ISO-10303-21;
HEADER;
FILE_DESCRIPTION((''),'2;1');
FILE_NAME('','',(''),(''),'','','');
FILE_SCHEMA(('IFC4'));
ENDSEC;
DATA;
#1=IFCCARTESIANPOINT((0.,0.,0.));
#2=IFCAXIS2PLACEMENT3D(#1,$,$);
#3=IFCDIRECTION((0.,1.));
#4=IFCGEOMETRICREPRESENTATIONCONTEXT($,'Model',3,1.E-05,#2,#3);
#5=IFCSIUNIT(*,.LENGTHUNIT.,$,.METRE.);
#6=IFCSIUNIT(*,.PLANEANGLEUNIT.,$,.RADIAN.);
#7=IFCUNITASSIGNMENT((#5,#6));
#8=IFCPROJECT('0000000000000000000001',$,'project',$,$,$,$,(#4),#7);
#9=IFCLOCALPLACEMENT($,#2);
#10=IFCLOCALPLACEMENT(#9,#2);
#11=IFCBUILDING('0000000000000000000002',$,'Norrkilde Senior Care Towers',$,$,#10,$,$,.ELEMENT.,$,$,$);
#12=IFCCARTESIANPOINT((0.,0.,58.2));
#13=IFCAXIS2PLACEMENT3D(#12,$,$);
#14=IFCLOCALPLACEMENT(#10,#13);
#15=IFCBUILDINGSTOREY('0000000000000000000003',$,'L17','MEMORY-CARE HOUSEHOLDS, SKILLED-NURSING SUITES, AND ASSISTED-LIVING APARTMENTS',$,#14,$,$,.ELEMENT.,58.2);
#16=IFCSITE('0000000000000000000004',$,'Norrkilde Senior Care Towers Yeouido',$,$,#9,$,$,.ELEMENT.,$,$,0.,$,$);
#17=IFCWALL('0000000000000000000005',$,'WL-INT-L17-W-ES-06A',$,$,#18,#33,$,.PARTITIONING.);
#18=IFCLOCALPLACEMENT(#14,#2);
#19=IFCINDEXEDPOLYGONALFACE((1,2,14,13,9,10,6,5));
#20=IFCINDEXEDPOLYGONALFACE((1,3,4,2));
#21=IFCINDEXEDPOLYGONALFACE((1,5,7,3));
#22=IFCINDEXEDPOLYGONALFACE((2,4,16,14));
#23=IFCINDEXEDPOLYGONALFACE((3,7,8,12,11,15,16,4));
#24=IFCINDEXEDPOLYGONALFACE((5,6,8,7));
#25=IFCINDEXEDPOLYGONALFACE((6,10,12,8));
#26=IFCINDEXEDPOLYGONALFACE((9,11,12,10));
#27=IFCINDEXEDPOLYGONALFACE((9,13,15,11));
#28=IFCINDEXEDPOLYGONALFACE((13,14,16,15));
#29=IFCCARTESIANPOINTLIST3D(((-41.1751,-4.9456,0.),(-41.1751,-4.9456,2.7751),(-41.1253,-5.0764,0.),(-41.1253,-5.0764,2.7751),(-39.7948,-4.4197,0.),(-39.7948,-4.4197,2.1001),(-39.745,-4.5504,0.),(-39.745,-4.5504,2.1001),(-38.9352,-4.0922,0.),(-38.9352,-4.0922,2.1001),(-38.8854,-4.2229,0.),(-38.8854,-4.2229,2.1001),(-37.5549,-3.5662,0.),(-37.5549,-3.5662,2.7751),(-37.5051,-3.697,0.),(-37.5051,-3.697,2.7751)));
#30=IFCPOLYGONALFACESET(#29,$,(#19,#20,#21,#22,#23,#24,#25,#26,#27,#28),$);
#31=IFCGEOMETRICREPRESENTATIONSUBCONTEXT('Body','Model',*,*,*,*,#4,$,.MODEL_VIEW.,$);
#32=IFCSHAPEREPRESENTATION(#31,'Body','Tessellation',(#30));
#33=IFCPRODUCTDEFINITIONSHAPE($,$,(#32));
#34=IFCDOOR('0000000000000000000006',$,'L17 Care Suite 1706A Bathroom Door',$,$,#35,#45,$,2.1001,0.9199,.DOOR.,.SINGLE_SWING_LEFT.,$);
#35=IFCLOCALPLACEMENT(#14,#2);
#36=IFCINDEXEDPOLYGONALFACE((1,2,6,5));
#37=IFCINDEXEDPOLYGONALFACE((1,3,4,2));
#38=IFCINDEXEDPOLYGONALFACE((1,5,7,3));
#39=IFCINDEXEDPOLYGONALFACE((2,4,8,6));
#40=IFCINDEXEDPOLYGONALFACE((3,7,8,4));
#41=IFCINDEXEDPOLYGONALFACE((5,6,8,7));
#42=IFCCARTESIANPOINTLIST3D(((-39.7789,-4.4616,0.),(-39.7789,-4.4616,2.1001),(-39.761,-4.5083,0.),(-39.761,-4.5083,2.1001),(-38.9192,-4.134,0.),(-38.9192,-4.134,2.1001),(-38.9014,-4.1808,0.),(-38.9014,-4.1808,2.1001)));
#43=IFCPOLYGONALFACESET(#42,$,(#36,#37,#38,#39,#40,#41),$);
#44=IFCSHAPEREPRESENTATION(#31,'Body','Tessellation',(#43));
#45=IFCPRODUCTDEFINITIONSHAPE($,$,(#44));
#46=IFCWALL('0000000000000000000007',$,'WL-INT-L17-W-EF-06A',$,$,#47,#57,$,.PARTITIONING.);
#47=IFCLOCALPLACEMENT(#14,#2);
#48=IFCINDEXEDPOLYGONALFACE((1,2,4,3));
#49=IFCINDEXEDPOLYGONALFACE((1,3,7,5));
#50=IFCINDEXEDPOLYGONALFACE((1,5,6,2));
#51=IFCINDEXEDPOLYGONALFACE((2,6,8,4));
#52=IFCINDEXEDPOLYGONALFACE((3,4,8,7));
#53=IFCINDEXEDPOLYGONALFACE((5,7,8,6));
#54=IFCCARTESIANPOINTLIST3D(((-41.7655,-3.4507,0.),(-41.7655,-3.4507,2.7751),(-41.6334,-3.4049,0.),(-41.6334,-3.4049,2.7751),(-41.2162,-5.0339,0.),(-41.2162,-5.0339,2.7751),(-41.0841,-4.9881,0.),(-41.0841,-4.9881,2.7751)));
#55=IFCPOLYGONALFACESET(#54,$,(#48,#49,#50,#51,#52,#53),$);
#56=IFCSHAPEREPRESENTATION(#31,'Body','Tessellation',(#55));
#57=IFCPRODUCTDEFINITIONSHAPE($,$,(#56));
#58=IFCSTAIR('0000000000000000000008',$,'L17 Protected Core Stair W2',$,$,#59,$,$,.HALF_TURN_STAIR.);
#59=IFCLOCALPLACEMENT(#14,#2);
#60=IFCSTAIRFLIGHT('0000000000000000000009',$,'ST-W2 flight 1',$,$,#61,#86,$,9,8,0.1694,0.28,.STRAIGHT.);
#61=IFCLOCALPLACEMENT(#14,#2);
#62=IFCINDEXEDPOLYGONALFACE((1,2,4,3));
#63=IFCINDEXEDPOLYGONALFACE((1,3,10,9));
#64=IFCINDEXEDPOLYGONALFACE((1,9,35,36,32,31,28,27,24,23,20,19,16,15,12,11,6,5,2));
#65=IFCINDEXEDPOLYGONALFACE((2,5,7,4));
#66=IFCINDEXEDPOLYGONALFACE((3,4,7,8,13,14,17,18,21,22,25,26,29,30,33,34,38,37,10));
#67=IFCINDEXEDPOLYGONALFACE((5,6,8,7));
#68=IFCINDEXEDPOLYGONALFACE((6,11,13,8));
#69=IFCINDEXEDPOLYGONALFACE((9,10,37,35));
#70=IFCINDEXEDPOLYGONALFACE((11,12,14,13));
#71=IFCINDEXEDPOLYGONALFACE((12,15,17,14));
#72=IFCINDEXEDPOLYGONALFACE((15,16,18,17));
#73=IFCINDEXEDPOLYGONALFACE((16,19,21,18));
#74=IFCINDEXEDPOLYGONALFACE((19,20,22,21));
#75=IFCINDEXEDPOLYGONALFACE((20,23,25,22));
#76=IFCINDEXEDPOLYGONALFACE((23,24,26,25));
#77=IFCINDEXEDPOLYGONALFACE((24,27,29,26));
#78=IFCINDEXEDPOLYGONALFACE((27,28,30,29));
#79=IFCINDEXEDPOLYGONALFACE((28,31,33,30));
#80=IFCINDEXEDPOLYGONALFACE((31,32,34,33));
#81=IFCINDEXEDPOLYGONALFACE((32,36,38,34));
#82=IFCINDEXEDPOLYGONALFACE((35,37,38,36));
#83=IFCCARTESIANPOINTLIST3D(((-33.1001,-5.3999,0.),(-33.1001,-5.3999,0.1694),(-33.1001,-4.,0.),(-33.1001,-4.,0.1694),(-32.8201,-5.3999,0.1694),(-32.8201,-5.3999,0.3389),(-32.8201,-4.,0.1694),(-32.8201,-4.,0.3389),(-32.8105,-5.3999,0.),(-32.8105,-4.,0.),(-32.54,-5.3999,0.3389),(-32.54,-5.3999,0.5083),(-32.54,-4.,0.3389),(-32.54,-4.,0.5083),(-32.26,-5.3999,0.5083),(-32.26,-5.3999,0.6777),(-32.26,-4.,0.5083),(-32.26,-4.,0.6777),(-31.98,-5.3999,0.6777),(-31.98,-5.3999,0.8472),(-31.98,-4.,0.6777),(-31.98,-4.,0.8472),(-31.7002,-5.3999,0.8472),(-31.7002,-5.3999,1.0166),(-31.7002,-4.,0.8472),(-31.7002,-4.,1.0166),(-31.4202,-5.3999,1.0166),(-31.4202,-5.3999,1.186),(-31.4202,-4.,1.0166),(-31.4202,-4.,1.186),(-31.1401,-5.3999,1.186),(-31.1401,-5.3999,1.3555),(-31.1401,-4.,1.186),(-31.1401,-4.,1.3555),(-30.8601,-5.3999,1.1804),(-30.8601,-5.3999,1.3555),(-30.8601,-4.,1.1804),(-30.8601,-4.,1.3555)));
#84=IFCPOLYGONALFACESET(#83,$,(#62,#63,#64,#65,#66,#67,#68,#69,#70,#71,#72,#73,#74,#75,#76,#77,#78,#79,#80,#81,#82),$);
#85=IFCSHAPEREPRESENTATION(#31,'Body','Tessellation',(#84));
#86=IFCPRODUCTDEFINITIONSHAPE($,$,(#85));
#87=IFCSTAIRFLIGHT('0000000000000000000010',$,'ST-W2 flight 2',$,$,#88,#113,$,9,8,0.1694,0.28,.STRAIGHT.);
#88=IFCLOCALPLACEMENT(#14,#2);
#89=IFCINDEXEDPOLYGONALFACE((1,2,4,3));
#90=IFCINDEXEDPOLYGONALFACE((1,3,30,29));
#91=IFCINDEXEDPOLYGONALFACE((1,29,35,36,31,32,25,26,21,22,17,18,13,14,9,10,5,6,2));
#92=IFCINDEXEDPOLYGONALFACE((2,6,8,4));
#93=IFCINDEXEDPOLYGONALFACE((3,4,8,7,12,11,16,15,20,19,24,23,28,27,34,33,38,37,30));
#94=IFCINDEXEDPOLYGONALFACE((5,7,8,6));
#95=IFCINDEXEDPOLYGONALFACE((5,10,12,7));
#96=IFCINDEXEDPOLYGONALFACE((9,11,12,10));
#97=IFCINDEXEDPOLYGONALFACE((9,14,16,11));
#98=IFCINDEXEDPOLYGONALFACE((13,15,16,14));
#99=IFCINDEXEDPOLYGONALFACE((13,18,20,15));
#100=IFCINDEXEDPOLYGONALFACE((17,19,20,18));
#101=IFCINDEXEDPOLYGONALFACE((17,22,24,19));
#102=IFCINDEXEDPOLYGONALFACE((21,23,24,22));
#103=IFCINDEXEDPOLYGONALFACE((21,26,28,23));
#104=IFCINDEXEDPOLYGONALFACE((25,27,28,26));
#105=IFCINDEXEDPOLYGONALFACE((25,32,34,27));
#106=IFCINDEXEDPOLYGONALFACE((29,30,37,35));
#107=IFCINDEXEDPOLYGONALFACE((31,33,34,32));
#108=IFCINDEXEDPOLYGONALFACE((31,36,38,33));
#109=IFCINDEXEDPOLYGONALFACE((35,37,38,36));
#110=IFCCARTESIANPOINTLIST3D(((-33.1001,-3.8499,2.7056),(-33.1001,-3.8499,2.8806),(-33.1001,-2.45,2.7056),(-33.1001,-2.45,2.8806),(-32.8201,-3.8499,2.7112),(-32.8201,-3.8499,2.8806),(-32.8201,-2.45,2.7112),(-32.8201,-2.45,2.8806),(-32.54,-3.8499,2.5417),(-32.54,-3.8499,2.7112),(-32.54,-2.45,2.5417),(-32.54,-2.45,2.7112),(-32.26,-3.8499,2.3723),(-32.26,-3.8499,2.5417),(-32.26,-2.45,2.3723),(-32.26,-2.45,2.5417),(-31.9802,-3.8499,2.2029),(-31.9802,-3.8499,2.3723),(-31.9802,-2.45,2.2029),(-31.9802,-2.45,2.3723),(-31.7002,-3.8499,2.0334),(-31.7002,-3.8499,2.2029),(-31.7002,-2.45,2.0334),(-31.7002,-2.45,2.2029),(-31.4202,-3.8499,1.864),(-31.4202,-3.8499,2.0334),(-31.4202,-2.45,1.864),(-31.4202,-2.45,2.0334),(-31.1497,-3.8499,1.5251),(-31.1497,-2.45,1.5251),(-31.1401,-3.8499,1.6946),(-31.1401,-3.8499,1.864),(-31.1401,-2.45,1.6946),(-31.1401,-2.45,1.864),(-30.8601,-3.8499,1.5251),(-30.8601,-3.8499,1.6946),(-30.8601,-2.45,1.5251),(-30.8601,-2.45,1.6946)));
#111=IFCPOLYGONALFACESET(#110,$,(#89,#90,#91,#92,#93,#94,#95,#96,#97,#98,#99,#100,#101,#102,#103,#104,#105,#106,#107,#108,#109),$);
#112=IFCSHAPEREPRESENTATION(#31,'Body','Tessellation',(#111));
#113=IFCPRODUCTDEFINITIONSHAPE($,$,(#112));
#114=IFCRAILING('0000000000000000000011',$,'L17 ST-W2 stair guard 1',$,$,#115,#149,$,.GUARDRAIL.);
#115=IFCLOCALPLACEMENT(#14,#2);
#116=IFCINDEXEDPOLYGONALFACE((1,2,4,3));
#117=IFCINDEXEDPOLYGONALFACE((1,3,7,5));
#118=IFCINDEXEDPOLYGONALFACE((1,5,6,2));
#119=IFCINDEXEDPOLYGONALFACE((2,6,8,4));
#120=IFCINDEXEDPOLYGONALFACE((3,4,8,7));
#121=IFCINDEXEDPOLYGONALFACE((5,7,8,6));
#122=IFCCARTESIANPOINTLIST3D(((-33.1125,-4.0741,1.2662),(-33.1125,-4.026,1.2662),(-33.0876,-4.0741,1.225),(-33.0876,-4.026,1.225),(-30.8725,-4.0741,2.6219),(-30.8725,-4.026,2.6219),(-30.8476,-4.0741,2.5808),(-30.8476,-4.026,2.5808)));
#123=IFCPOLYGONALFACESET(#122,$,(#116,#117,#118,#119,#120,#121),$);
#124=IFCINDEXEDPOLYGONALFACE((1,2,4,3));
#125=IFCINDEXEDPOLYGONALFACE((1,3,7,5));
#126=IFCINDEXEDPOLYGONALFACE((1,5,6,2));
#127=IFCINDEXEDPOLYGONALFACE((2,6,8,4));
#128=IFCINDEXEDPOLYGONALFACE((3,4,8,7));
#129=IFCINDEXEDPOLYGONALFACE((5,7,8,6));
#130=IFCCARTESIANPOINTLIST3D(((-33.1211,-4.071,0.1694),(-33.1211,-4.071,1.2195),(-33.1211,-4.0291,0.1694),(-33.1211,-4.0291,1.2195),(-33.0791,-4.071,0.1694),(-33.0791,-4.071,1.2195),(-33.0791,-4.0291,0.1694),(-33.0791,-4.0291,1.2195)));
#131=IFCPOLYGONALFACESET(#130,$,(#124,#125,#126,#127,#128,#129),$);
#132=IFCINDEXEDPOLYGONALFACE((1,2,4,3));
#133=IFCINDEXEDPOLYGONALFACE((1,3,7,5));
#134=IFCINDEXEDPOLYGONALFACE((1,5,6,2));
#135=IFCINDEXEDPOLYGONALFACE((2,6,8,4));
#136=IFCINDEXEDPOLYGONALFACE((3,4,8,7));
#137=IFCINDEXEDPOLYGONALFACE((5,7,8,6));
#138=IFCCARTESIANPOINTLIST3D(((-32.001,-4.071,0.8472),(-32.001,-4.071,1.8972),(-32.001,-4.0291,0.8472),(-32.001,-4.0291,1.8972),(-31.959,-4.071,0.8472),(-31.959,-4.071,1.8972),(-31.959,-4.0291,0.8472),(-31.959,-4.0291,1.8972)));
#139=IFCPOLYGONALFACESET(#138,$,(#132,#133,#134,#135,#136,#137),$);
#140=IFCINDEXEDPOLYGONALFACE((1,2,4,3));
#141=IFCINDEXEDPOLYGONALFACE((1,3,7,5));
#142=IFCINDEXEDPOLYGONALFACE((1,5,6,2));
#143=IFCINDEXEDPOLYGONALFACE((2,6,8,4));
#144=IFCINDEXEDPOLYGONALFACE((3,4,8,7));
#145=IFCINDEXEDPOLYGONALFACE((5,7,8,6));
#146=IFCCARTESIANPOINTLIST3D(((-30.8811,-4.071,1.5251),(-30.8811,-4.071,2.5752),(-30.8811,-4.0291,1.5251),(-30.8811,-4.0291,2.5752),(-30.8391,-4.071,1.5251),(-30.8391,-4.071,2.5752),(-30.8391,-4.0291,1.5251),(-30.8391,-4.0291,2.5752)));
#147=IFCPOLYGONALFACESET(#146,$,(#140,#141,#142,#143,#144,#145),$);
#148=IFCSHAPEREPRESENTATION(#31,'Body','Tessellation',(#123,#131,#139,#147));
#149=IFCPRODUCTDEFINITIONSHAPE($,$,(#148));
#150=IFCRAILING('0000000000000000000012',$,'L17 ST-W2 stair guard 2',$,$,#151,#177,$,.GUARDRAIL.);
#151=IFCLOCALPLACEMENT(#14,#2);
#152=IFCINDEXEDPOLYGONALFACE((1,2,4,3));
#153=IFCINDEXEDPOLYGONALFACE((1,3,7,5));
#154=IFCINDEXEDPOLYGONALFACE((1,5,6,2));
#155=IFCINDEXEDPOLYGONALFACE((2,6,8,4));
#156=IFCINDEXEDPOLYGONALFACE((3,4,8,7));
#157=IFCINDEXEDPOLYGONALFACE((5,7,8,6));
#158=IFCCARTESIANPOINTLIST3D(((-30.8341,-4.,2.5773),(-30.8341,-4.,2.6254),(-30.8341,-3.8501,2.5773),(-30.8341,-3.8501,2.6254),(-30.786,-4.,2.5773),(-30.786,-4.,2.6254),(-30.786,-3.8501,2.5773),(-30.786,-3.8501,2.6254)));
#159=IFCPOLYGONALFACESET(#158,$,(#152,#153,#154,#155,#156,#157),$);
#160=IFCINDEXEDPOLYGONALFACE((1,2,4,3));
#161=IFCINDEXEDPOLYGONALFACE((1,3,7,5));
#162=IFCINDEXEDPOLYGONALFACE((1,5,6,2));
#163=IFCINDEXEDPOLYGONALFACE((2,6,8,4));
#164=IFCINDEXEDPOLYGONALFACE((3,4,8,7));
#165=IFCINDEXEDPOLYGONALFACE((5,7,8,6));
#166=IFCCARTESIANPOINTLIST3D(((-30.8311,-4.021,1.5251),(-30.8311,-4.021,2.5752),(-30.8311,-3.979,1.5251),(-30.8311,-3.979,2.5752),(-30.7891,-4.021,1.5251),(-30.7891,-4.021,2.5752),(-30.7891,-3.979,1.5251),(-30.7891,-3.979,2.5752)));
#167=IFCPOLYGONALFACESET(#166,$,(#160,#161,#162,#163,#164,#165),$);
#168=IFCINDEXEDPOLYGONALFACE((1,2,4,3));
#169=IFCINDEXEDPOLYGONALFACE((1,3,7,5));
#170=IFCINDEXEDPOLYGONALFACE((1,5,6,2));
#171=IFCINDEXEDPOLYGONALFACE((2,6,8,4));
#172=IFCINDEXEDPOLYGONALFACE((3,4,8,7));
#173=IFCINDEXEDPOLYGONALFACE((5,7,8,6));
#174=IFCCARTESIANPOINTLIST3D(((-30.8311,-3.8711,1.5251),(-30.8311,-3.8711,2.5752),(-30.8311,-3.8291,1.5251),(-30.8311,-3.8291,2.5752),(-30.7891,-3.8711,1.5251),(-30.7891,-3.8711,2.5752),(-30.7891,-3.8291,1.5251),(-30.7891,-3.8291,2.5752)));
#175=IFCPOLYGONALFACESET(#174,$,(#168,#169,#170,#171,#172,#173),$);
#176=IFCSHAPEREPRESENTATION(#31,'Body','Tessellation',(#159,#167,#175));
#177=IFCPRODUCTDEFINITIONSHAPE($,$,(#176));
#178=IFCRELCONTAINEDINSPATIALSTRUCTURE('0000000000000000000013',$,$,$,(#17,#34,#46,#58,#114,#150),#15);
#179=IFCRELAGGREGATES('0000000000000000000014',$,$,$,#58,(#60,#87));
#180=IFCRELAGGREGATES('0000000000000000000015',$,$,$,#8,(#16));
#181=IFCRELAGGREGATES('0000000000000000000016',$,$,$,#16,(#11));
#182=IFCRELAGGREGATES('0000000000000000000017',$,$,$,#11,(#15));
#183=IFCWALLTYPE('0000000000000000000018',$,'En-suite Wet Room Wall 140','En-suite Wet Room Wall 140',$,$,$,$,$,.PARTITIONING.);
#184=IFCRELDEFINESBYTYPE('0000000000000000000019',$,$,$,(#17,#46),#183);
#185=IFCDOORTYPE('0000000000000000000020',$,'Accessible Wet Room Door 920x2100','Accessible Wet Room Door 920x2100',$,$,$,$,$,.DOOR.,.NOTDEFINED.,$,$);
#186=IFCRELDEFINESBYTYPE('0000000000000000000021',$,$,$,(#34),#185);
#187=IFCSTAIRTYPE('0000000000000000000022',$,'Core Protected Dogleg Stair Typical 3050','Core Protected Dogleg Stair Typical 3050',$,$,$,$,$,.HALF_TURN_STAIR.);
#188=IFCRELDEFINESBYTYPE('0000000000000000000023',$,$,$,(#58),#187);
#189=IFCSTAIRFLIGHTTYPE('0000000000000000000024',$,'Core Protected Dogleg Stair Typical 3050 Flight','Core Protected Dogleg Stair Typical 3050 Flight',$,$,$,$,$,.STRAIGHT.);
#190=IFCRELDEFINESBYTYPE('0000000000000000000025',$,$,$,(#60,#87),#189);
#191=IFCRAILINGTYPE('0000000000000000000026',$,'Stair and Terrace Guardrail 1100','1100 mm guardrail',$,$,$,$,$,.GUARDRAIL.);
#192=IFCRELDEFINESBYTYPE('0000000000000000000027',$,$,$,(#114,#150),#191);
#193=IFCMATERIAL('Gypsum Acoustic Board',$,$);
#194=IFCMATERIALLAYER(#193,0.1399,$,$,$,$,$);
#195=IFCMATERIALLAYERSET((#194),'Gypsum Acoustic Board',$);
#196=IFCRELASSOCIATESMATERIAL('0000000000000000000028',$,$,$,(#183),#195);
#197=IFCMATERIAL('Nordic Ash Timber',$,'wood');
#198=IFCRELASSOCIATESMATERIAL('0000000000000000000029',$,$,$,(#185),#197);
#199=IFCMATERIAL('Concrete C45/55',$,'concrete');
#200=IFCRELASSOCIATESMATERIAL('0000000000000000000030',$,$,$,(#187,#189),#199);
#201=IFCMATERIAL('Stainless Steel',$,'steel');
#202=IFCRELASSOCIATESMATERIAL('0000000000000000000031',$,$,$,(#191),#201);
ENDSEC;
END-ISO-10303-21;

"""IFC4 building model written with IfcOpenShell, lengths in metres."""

from ifc_helpers import new_model, si_unit, direction, frame, frame_2d, origin, origin_2d, place, context, subcontext, project, spatial, polyline, rectangle, outline, extrude, source, transform, mapped, material, layer, layer_set, type_object, type_shapes, element, fill, aggregate, save


model = new_model("IFC4")

# Units and contexts
model_context = context("Model", 3, precision=1e-05, world=origin(), true_north=direction((0.0, 1.0)))
body_context = subcontext(model_context, "Body", "Model", "MODEL_VIEW")
ifc_project = project(units=[si_unit("LENGTHUNIT", "METRE"), si_unit("PLANEANGLEUNIT", "RADIAN")], contexts=[model_context])

# Site, building, storey
site_placement = place(None, origin())
site = spatial("IfcSite", under=ifc_project, at=site_placement, Name="Norrkilde Senior Care Towers Yeouido", CompositionType="ELEMENT", RefElevation=0.0)
building_placement = place(site_placement, origin())
building = spatial("IfcBuilding", under=site, at=building_placement, Name="Norrkilde Senior Care Towers", CompositionType="ELEMENT")
storey_placement = place(building_placement, frame((0.0, 0.0, 58.2)))
storey = spatial("IfcBuildingStorey", under=building, at=storey_placement, Name="L17", Description="MEMORY-CARE HOUSEHOLDS, SKILLED-NURSING SUITES, AND ASSISTED-LIVING APARTMENTS", CompositionType="ELEMENT", Elevation=58.2)

# Shared definitions
ifc_material_1 = material(Name="Concrete C45/55", Category="concrete")

# Shared definitions
ifc_material_2 = material(Name="Stainless Steel", Category="steel")

# Shared definitions
ifc_material_3 = material(Name="Gypsum Acoustic Board")

# Wall, opening, door
ifc_layer_1 = layer(ifc_material_3, 0.1399)
ifc_layer_set_1 = layer_set([ifc_layer_1], Name="Gypsum Acoustic Board")
wall_type_1 = type_object("IfcWallType", Name="En-suite Wet Room Wall 140", Description="En-suite Wet Room Wall 140", PredefinedType="PARTITIONING", material=ifc_layer_set_1)
shared_shape_1 = source(origin(), body_context, "Body", "SweptSolid", [
    extrude(rectangle(XDim=3.874, YDim=0.1399, at=frame_2d((1.937, 0.0))), origin(), (0.0, 0.0, 1.0), 2.7751),
])
wall_1_placement = place(storey_placement, frame((-37.53, -3.6316, 0.0), z_axis=(0.0, 0.0, 1.0), x_axis=(-0.934462, -0.356063, 0.0)))
wall_1 = element("IfcWall", 1, at=wall_1_placement, inside=storey, type_object=wall_type_1, Name="WL-INT-L17-W-ES-06A", PredefinedType="PARTITIONING", context=body_context, shape_type="MappedRepresentation", body=[
    mapped(shared_shape_1, transform((0.0, 0.0, 0.0), x_axis=(1.0, 0.0, 0.0), y_axis=(0.0, 1.0, 0.0), z_axis=(0.0, 0.0, 1.0), scale=1.0)),
])
opening_1_placement = place(wall_1_placement, frame((1.4771, 0.0, 0.0)))
opening_1 = element("IfcOpeningElement", 2, at=opening_1_placement, cuts=wall_1, PredefinedType="OPENING", context=body_context, shape_type="SweptSolid", body=[
    extrude(rectangle(XDim=0.9199, YDim=2.1001, at=frame_2d((0.46, 1.05))), frame((0.0, 0.0798, 0.0), z_axis=(0.0, -1.0, 0.0), x_axis=(1.0, 0.0, 0.0)), (0.0, 0.0, 1.0), 0.1599),
])
ifc_material_4 = material(Name="Nordic Ash Timber", Category="wood")
door_type_1 = type_object("IfcDoorType", Name="Accessible Wet Room Door 920x2100", Description="Accessible Wet Room Door 920x2100", OperationType="NOTDEFINED", PredefinedType="DOOR", material=ifc_material_4)
shared_shape_2 = source(origin(), body_context, "Body", "SweptSolid", [
    extrude(rectangle(XDim=0.9199, YDim=2.1001, at=frame_2d((0.46, 1.05))), frame((0.0, 0.0249, 0.0), z_axis=(0.0, -1.0, 0.0), x_axis=(1.0, 0.0, 0.0)), (0.0, 0.0, 1.0), 0.05),
])
type_shapes(door_type_1, [shared_shape_2])
door_1_placement = place(opening_1_placement, origin())
door_1 = element("IfcDoor", 3, at=door_1_placement, inside=storey, type_object=door_type_1, Name="L17 Care Suite 1706A Bathroom Door", OperationType="SINGLE_SWING_LEFT", OverallHeight=2.1001, OverallWidth=0.9199, PredefinedType="DOOR", context=body_context, shape_type="MappedRepresentation", body=[
    mapped(shared_shape_2, transform((0.0, 0.0, 0.0), x_axis=(1.0, 0.0, 0.0), y_axis=(0.0, 1.0, 0.0), z_axis=(0.0, 0.0, 1.0), scale=1.0)),
])
fill(opening_1, door_1)

# Wall
shared_shape_3 = source(origin(), body_context, "Body", "SweptSolid", [
    extrude(rectangle(XDim=1.6758, YDim=0.1399, at=frame_2d((0.8379, 0.0))), origin(), (0.0, 0.0, 1.0), 2.7751),
])
type_shapes(wall_type_1, [shared_shape_1, shared_shape_3])
wall_2_placement = place(storey_placement, frame((-41.1501, -5.011, 0.0), z_axis=(0.0, 0.0, 1.0), x_axis=(-0.327786, 0.944752, 0.0)))
element("IfcWall", 4, at=wall_2_placement, inside=storey, type_object=wall_type_1, Name="WL-INT-L17-W-EF-06A", PredefinedType="PARTITIONING", context=body_context, shape_type="MappedRepresentation", body=[
    mapped(shared_shape_3, transform((0.0, 0.0, 0.0), x_axis=(1.0, 0.0, 0.0), y_axis=(0.0, 1.0, 0.0), z_axis=(0.0, 0.0, 1.0), scale=1.0)),
])

# Stair, stair flights
stair_type = type_object("IfcStairType", Name="Core Protected Dogleg Stair Typical 3050", Description="Core Protected Dogleg Stair Typical 3050", PredefinedType="HALF_TURN_STAIR", material=ifc_material_1)
stair_placement = place(storey_placement, origin())
stair = element("IfcStair", 5, at=stair_placement, inside=storey, type_object=stair_type, Name="L17 Protected Core Stair W2", PredefinedType="HALF_TURN_STAIR")
stair_flight_type = type_object("IfcStairFlightType", Name="Core Protected Dogleg Stair Typical 3050 Flight", Description="Core Protected Dogleg Stair Typical 3050 Flight", PredefinedType="STRAIGHT", material=ifc_material_1)
stair_flight_1_placement = place(storey_placement, frame((-33.1001, -4.7, 0.0), z_axis=(0.0, 0.0, 1.0), x_axis=(1.0, 0.0, 0.0)))
stair_flight_1 = element("IfcStairFlight", 6, at=stair_flight_1_placement, type_object=stair_flight_type, Name="ST-W2 flight 1", NumberOfRisers=9, NumberOfTreads=8, PredefinedType="STRAIGHT", RiserHeight=0.1694, TreadLength=0.28, context=body_context, shape_type="SweptSolid", body=[
    extrude(outline(polyline([(0.0, 0.0), (0.0, 0.1694), (0.28, 0.1694), (0.28, 0.3389), (0.5601, 0.3389), (0.5601, 0.5083), (0.8401, 0.5083), (0.8401, 0.6777), (1.1201, 0.6777), (1.1201, 0.8472), (1.3999, 0.8472), (1.3999, 1.0166), (1.6799, 1.0166), (1.6799, 1.186), (1.96, 1.186), (1.96, 1.3555), (2.24, 1.3555), (2.24, 1.5249), (2.24, 1.1804), (0.2896, 0.0), (0.0, 0.0)])), frame((0.0, 0.7, 0.0), z_axis=(0.0, -1.0, 0.0), x_axis=(1.0, 0.0, 0.0)), (0.0, 0.0, 1.0), 1.3999),
])
stair_flight_2_placement = place(storey_placement, frame((-30.8601, -3.1499, 1.5251), z_axis=(0.0, 0.0, 1.0), x_axis=(-1.0, 0.0, 0.0)))
stair_flight_2 = element("IfcStairFlight", 7, at=stair_flight_2_placement, type_object=stair_flight_type, Name="ST-W2 flight 2", NumberOfRisers=9, NumberOfTreads=8, PredefinedType="STRAIGHT", RiserHeight=0.1694, TreadLength=0.28, context=body_context, shape_type="SweptSolid", body=[
    extrude(outline(polyline([(0.0, 0.0), (0.0, 0.1694), (0.28, 0.1694), (0.28, 0.3389), (0.5601, 0.3389), (0.5601, 0.5083), (0.8401, 0.5083), (0.8401, 0.6777), (1.1201, 0.6777), (1.1201, 0.8472), (1.3999, 0.8472), (1.3999, 1.0166), (1.6799, 1.0166), (1.6799, 1.186), (1.96, 1.186), (1.96, 1.3555), (2.24, 1.3555), (2.24, 1.5249), (2.24, 1.1804), (0.2896, 0.0), (0.0, 0.0)])), frame((0.0, 0.7, 0.0), z_axis=(0.0, -1.0, 0.0), x_axis=(1.0, 0.0, 0.0)), (0.0, 0.0, 1.0), 1.3999),
])
aggregate(stair, [stair_flight_1, stair_flight_2])

# Railings
railing_type_1 = type_object("IfcRailingType", Name="Stair and Terrace Guardrail 1100", Description="1100 mm guardrail", PredefinedType="GUARDRAIL", material=ifc_material_2)
railing_1_placement = place(storey_placement, frame((-33.1001, -4.05, 0.1694)))
element("IfcRailing", 8, at=railing_1_placement, inside=storey, type_object=railing_type_1, Name="L17 ST-W2 stair guard 1", PredefinedType="GUARDRAIL", context=body_context, shape_type="SweptSolid", body=[
    extrude(rectangle(XDim=0.0481, YDim=0.0481, at=origin_2d()), frame((0.0, 0.0, 1.0762), z_axis=(0.855512, 0.0, 0.517783), x_axis=(0.0, 1.0, 0.0)), (0.0, 0.0, 1.0), 2.6184),
    extrude(rectangle(XDim=0.042, YDim=0.042, at=origin_2d()), origin(), (0.0, 0.0, 1.0), 1.05),
    extrude(rectangle(XDim=0.042, YDim=0.042, at=origin_2d()), frame((1.1201, 0.0, 0.6777)), (0.0, 0.0, 1.0), 1.05),
    extrude(rectangle(XDim=0.042, YDim=0.042, at=origin_2d()), frame((2.24, 0.0, 1.3557)), (0.0, 0.0, 1.0), 1.05),
])
railing_2_placement = place(storey_placement, frame((-30.8101, -4.0, 1.5251)))
element("IfcRailing", 9, at=railing_2_placement, inside=storey, type_object=railing_type_1, Name="L17 ST-W2 stair guard 2", PredefinedType="GUARDRAIL", context=body_context, shape_type="SweptSolid", body=[
    extrude(rectangle(XDim=0.0481, YDim=0.0481, at=origin_2d()), frame((0.0, 0.0, 1.0762), z_axis=(0.0, 1.0, 0.0), x_axis=(-1.0, 0.0, 0.0)), (0.0, 0.0, 1.0), 0.1499),
    extrude(rectangle(XDim=0.042, YDim=0.042, at=origin_2d()), origin(), (0.0, 0.0, 1.0), 1.05),
    extrude(rectangle(XDim=0.042, YDim=0.042, at=origin_2d()), frame((0.0, 0.1499, 0.0)), (0.0, 0.0, 1.0), 1.05),
])

save(model, "model.ifc")
